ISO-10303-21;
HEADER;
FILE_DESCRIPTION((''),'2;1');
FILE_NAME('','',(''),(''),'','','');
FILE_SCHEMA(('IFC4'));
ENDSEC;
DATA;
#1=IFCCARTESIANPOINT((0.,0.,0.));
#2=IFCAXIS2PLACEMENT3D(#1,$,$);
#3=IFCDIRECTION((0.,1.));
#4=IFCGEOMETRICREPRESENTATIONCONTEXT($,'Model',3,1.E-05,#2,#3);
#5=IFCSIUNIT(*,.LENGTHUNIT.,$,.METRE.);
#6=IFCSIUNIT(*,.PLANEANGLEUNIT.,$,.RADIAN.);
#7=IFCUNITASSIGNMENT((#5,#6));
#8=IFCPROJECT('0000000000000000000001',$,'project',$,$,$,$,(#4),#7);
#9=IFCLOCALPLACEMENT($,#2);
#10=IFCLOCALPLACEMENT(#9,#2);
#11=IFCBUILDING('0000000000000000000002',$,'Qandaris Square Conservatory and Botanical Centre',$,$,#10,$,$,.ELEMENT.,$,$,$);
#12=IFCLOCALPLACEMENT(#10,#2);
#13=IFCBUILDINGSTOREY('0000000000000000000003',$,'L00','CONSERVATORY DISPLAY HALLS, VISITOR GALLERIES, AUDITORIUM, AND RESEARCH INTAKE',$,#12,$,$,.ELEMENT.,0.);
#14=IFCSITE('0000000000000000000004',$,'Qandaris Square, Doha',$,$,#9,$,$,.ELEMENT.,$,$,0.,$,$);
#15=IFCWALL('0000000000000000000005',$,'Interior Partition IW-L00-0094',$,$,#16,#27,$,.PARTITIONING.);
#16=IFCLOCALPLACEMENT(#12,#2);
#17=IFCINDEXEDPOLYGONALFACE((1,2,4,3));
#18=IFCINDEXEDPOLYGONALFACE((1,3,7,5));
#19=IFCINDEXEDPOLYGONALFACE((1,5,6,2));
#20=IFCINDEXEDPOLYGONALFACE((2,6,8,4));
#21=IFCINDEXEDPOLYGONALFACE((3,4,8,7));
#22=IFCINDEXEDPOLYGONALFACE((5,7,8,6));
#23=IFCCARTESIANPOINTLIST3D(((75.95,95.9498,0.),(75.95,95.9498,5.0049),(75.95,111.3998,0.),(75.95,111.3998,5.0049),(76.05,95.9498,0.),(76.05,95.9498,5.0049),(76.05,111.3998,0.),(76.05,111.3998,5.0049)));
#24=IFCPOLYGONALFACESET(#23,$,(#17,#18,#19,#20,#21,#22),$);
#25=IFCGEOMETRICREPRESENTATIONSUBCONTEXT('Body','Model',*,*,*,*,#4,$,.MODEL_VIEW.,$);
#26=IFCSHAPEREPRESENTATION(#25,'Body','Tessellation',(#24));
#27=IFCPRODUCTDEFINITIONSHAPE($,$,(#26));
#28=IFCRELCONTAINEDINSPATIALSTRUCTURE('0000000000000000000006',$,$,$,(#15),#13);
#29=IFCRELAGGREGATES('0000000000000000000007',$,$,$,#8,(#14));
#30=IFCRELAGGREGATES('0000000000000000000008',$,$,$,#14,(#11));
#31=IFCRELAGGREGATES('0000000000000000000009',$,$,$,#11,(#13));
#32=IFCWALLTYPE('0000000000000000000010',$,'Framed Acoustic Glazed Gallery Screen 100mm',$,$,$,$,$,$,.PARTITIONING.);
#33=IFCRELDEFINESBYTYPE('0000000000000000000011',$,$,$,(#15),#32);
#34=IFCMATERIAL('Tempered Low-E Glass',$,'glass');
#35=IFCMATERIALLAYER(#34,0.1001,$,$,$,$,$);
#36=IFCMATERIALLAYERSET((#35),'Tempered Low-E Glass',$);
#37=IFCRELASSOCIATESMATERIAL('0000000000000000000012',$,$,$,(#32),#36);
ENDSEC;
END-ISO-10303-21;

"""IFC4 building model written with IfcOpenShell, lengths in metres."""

from ifc_helpers import new_model, si_unit, direction, frame, frame_2d, origin, place, context, subcontext, project, spatial, rectangle, extrude, material, layer, layer_set, type_object, element, save


model = new_model("IFC4")

# Units and contexts
model_context = context("Model", 3, precision=1e-05, world=origin(), true_north=direction((0.0, 1.0)))
body_context = subcontext(model_context, "Body", "Model", "MODEL_VIEW")
ifc_project = project(units=[si_unit("LENGTHUNIT", "METRE"), si_unit("PLANEANGLEUNIT", "RADIAN")], contexts=[model_context])

# Site, building, storey
site_placement = place(None, origin())
site = spatial("IfcSite", under=ifc_project, at=site_placement, Name="Qandaris Square, Doha", CompositionType="ELEMENT", RefElevation=0.0)
building_placement = place(site_placement, origin())
building = spatial("IfcBuilding", under=site, at=building_placement, Name="Qandaris Square Conservatory and Botanical Centre", CompositionType="ELEMENT")
storey_placement = place(building_placement, origin())
storey = spatial("IfcBuildingStorey", under=building, at=storey_placement, Name="L00", Description="CONSERVATORY DISPLAY HALLS, VISITOR GALLERIES, AUDITORIUM, AND RESEARCH INTAKE", CompositionType="ELEMENT", Elevation=0.0)

# Shared definitions
ifc_material_1 = material(Name="Tempered Low-E Glass", Category="glass")

# Wall
ifc_layer_1 = layer(ifc_material_1, 0.1001)
ifc_layer_set_1 = layer_set([ifc_layer_1], Name="Tempered Low-E Glass")
wall_type = type_object("IfcWallType", Name="Framed Acoustic Glazed Gallery Screen 100mm", PredefinedType="PARTITIONING", material=ifc_layer_set_1)
wall_placement = place(storey_placement, frame((76.0, 111.3999, 0.0), z_axis=(0.0, 0.0, 1.0), x_axis=(0.0, -1.0, 0.0)))
element("IfcWall", 1, at=wall_placement, inside=storey, type_object=wall_type, Name="Interior Partition IW-L00-0094", PredefinedType="PARTITIONING", context=body_context, shape_type="SweptSolid", body=[
    extrude(rectangle(XDim=15.45, YDim=0.1001, at=frame_2d((7.7251, 0.0))), origin(), (0.0, 0.0, 1.0), 5.0049),
])

save(model, "model.ifc")
